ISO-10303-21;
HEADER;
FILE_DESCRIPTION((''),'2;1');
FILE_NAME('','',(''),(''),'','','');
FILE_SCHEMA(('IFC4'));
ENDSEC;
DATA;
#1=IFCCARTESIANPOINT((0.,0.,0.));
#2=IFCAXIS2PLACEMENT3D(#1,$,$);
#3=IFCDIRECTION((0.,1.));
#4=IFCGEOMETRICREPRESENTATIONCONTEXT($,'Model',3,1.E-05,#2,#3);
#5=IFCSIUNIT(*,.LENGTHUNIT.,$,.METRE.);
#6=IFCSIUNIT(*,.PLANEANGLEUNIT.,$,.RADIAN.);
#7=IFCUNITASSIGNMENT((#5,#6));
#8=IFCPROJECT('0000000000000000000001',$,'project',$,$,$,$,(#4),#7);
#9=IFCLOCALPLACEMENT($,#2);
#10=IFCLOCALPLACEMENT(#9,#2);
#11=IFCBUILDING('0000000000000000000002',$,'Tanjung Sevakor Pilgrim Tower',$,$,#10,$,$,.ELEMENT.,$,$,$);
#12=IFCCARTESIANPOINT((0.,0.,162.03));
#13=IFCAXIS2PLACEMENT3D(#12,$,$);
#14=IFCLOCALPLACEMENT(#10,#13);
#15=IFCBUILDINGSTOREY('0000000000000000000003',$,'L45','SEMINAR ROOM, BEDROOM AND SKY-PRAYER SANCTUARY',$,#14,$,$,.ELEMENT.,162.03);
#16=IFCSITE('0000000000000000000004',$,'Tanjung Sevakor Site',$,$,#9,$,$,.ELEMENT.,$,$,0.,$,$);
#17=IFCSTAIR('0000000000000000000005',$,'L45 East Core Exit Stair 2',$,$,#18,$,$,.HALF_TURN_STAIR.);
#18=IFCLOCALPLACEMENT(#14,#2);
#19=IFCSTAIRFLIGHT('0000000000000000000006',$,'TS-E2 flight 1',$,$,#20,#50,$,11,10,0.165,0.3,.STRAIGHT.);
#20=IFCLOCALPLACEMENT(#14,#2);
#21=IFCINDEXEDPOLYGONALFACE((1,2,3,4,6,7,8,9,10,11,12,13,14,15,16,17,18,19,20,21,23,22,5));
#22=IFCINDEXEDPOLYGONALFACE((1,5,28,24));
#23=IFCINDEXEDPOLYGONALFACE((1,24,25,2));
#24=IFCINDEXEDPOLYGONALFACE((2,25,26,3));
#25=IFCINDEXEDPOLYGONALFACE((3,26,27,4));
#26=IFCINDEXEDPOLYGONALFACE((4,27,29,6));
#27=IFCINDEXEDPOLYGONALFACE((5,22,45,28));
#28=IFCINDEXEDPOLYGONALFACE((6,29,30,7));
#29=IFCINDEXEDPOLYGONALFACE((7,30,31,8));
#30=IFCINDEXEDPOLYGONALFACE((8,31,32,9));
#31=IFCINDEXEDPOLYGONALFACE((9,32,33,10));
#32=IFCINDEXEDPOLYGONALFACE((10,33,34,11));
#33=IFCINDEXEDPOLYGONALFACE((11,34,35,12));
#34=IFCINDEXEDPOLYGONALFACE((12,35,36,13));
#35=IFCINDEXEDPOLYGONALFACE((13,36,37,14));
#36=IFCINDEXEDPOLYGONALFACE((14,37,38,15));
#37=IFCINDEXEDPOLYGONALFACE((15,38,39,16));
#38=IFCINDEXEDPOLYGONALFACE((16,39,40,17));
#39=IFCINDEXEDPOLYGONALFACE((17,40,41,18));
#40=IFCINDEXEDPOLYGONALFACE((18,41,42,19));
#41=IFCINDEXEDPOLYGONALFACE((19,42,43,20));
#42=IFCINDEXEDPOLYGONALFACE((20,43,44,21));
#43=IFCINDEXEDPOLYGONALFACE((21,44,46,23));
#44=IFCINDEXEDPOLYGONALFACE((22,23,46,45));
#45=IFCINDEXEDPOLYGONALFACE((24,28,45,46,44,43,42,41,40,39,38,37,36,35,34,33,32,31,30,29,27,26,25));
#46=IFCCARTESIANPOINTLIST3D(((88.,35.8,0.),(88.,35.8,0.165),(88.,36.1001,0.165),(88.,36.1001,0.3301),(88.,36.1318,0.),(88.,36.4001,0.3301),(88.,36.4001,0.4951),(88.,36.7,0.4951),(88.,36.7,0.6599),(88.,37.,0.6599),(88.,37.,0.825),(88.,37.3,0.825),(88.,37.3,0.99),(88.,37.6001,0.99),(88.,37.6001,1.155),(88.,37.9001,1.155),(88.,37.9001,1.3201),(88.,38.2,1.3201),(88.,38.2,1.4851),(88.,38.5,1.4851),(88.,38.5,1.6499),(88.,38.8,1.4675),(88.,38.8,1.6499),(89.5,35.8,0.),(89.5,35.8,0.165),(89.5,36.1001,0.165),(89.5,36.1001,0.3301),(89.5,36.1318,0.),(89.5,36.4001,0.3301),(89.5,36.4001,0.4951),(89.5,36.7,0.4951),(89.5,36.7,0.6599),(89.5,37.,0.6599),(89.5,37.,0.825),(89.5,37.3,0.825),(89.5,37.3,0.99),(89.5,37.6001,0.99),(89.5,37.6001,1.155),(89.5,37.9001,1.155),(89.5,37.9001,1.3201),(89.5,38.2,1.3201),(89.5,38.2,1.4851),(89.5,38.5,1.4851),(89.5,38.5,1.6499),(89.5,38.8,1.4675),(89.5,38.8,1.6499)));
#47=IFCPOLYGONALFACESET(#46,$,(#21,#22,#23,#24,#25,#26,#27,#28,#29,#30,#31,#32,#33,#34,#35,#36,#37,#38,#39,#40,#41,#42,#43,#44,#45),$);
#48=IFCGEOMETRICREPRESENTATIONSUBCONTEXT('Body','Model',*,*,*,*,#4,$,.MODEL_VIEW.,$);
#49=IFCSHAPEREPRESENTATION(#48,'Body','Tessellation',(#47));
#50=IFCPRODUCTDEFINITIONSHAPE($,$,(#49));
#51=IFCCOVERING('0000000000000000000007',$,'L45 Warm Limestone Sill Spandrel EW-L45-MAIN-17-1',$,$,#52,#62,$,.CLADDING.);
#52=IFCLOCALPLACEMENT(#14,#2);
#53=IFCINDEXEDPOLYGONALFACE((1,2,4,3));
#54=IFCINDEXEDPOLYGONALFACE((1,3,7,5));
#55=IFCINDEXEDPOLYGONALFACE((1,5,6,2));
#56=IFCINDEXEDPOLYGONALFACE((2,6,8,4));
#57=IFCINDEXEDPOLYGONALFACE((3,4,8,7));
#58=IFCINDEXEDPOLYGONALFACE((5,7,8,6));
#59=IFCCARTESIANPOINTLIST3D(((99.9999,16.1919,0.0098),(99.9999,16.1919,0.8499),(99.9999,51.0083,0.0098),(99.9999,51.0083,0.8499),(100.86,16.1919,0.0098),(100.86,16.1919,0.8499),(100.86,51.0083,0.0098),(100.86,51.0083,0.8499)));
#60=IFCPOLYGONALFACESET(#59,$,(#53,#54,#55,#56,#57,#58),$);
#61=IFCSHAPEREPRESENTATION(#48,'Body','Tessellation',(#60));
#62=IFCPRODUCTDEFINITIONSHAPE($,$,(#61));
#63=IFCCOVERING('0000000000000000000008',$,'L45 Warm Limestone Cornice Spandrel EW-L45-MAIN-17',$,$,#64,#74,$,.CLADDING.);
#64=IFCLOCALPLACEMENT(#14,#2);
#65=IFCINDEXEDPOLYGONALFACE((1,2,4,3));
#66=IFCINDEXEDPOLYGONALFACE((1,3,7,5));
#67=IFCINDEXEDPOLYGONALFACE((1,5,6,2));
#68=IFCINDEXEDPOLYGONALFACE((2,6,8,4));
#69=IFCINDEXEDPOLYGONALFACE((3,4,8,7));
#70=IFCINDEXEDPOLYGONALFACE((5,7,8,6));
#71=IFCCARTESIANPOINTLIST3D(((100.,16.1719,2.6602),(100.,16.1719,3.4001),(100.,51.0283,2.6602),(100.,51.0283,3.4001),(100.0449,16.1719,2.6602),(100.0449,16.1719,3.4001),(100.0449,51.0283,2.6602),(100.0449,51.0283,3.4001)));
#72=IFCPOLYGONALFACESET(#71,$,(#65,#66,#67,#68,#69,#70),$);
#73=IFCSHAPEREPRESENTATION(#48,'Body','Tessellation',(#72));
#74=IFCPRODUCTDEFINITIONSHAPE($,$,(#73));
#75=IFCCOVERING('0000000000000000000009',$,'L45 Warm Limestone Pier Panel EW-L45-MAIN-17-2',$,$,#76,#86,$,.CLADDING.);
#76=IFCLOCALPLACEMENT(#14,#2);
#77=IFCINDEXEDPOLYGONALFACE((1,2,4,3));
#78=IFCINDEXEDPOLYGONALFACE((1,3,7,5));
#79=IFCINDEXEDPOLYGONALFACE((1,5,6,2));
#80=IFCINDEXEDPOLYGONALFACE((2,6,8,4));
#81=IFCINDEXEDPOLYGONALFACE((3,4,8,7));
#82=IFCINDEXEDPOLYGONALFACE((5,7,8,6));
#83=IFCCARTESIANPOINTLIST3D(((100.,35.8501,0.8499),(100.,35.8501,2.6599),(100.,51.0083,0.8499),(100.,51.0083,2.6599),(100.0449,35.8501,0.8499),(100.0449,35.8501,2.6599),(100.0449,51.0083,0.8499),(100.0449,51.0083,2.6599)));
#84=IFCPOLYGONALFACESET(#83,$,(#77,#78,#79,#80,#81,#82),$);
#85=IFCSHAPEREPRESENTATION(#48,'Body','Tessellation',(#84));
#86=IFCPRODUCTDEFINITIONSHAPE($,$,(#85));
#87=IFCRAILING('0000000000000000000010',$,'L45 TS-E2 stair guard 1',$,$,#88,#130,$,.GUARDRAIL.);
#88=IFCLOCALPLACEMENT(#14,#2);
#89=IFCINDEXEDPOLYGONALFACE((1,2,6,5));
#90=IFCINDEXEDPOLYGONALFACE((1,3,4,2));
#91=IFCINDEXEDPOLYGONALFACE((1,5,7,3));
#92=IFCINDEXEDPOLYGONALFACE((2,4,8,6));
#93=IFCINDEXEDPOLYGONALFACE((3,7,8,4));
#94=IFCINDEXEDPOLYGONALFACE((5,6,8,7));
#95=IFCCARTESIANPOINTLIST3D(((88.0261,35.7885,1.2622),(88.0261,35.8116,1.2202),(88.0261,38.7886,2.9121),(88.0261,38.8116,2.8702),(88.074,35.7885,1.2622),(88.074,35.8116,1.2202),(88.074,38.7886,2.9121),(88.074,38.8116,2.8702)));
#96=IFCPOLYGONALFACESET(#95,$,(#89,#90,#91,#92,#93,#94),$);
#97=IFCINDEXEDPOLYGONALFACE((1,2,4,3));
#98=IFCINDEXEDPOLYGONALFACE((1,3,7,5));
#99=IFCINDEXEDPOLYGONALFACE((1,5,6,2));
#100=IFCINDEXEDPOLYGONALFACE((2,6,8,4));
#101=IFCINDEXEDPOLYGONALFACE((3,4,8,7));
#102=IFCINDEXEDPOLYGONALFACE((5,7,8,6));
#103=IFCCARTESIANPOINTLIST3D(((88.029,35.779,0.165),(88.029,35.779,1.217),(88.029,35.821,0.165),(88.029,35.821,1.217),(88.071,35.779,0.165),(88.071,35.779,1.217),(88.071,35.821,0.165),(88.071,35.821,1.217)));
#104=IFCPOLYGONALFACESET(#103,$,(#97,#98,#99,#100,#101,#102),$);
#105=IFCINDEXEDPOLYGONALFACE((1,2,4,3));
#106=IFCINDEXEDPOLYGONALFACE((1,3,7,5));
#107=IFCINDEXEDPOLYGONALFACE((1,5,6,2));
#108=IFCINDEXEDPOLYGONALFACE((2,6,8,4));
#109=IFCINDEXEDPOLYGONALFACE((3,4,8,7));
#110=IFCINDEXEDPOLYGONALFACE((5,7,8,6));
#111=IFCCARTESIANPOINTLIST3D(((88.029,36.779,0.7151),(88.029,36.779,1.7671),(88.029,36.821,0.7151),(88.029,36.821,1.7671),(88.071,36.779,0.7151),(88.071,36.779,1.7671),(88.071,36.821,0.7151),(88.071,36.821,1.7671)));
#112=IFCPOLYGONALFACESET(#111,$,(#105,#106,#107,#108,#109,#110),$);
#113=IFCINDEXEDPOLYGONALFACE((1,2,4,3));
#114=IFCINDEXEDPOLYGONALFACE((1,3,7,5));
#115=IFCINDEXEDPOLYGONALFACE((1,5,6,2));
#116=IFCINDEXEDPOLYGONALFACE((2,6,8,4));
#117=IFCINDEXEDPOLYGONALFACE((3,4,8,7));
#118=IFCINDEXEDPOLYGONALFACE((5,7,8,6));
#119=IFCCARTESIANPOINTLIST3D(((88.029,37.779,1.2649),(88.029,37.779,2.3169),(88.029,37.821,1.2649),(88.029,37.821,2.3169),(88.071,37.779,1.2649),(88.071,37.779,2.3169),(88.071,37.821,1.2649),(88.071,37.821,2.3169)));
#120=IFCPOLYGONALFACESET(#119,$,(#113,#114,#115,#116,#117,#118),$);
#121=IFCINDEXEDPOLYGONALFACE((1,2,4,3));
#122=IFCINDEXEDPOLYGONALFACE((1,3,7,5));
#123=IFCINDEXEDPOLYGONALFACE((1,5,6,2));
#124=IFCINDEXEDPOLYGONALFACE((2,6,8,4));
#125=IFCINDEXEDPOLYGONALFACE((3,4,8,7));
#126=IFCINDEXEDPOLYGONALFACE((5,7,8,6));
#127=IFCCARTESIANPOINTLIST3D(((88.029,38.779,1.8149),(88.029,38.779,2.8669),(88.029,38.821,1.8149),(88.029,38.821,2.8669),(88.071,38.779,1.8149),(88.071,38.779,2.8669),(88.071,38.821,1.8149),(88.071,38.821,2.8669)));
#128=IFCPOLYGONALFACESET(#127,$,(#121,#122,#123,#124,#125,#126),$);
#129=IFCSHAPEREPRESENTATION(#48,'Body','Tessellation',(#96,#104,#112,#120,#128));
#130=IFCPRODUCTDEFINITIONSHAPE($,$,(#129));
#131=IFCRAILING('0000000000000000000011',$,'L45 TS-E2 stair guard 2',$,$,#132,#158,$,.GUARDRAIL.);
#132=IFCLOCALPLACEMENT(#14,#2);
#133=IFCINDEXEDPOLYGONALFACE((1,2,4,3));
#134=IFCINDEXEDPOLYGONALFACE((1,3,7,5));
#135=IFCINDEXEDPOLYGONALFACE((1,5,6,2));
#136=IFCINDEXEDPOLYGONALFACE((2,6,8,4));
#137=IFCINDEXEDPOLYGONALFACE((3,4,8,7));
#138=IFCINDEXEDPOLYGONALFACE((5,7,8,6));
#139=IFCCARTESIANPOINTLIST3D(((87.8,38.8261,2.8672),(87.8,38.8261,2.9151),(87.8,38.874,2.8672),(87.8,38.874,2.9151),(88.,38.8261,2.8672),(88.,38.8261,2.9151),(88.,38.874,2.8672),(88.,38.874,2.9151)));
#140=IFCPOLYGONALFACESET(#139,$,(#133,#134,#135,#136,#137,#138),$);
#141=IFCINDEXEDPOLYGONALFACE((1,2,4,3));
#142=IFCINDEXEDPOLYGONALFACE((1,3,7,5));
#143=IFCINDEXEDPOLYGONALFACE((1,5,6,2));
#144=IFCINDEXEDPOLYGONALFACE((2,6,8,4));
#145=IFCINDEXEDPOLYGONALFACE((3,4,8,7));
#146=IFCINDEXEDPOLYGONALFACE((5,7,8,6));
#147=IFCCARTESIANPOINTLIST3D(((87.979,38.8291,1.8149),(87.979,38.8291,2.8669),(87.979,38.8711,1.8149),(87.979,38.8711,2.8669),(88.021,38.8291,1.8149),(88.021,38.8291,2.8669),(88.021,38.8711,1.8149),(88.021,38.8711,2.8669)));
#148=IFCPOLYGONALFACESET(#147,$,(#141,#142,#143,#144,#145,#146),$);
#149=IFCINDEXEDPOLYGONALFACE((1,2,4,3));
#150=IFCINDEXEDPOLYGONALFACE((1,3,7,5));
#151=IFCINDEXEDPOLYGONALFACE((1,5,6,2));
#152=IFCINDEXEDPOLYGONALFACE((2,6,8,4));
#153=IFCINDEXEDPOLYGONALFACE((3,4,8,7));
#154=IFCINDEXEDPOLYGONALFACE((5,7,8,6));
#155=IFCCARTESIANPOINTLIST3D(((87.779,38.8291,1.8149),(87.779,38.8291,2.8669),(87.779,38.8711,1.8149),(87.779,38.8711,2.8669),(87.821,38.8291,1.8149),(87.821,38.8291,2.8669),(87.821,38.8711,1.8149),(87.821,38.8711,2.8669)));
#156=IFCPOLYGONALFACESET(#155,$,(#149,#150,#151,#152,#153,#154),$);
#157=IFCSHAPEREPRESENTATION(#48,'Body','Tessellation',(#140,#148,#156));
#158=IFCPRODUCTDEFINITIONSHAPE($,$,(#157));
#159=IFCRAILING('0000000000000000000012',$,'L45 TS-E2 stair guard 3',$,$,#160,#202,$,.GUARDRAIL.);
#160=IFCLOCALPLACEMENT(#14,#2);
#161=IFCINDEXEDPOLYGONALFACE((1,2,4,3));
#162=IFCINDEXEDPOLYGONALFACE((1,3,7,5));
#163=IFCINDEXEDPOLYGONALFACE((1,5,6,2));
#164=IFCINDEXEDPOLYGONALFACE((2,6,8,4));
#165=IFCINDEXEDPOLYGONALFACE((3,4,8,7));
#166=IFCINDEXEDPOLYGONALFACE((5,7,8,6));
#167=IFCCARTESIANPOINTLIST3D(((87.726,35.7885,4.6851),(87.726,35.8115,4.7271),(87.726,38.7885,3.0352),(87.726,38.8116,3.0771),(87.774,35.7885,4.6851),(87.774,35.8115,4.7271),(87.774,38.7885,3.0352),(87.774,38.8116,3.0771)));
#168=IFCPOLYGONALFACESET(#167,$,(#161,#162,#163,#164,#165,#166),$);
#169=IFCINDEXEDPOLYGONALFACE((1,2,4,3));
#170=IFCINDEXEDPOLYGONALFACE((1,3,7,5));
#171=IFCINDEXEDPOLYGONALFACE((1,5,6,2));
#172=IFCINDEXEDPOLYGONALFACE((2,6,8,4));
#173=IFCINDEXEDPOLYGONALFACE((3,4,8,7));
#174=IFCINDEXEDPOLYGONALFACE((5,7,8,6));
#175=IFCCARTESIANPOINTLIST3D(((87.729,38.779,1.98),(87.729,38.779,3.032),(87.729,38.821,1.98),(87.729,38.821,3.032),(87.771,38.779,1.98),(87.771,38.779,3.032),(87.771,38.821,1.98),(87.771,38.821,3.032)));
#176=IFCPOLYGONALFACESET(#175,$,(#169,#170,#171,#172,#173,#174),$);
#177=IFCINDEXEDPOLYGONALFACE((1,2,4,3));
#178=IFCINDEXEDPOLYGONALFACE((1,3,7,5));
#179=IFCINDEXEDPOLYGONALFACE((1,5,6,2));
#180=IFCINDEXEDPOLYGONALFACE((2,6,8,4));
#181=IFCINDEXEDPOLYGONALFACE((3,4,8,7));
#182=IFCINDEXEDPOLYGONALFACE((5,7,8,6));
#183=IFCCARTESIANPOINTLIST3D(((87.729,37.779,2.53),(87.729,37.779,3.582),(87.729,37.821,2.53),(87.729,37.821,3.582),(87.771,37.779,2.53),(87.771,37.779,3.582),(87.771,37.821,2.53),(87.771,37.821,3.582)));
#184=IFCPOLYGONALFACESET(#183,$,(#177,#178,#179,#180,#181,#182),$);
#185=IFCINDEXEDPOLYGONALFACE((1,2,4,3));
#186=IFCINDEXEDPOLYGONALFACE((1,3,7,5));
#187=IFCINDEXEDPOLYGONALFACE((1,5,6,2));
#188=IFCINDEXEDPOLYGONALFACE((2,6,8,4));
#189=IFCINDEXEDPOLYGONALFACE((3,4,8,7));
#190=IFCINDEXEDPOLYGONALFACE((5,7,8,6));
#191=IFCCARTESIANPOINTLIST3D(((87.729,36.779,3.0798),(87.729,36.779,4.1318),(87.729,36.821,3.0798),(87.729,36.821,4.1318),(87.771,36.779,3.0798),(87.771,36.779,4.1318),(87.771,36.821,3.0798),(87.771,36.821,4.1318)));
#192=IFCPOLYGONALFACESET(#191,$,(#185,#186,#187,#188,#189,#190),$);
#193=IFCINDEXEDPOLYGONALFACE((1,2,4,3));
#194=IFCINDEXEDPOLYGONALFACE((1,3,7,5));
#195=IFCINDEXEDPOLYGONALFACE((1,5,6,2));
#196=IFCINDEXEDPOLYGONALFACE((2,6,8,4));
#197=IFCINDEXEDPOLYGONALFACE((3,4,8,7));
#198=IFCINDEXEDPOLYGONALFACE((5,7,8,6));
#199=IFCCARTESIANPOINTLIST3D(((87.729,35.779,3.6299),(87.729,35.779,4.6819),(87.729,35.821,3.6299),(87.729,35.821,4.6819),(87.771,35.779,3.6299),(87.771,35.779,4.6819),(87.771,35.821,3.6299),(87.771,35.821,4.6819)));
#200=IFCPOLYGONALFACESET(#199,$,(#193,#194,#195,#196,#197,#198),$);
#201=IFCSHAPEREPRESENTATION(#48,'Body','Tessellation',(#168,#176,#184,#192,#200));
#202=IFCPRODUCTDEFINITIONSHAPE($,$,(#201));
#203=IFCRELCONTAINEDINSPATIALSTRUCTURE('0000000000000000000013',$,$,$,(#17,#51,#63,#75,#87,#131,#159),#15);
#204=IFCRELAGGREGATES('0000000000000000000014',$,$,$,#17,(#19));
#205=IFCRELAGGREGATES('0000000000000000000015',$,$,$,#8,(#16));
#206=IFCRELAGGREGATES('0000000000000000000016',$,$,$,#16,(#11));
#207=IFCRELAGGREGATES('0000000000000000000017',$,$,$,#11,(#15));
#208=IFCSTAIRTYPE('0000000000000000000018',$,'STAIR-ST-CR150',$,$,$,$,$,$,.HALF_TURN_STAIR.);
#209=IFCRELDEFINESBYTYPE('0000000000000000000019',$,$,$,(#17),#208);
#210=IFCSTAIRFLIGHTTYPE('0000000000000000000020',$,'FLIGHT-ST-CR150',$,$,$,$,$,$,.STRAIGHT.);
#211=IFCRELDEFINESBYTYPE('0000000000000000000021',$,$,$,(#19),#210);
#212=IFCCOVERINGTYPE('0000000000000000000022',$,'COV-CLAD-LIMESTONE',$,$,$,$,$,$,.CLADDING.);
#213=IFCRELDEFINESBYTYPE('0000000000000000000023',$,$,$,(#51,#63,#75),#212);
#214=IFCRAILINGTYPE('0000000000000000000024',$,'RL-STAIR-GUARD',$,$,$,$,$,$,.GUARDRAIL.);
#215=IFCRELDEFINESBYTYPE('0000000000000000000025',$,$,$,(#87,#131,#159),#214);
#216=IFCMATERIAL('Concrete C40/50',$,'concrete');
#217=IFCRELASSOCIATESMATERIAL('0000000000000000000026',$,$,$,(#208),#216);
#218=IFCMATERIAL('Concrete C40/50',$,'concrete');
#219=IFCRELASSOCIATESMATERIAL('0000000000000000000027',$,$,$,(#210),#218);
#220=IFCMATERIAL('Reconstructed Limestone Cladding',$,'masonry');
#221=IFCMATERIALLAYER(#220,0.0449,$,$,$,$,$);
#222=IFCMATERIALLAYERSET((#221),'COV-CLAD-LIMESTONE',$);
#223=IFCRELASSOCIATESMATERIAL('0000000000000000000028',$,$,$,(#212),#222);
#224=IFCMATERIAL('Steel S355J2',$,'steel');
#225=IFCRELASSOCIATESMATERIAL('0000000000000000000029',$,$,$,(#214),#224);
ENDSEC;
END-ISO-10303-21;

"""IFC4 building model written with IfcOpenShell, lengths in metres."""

from ifc_helpers import new_model, si_unit, direction, frame, origin, origin_2d, place, context, subcontext, project, spatial, polyline, rectangle, outline, extrude, material, layer, layer_set, type_object, element, aggregate, save


model = new_model("IFC4")

# Units and contexts
model_context = context("Model", 3, precision=1e-05, world=origin(), true_north=direction((0.0, 1.0)))
body_context = subcontext(model_context, "Body", "Model", "MODEL_VIEW")
ifc_project = project(units=[si_unit("LENGTHUNIT", "METRE"), si_unit("PLANEANGLEUNIT", "RADIAN")], contexts=[model_context])

# Site, building, storey
site_placement = place(None, origin())
site = spatial("IfcSite", under=ifc_project, at=site_placement, Name="Tanjung Sevakor Site", CompositionType="ELEMENT", RefElevation=0.0)
building_placement = place(site_placement, origin())
building = spatial("IfcBuilding", under=site, at=building_placement, Name="Tanjung Sevakor Pilgrim Tower", CompositionType="ELEMENT")
storey_placement = place(building_placement, frame((0.0, 0.0, 162.03)))
storey = spatial("IfcBuildingStorey", under=building, at=storey_placement, Name="L45", Description="SEMINAR ROOM, BEDROOM AND SKY-PRAYER SANCTUARY", CompositionType="ELEMENT", Elevation=162.03)

# Stair, stair flight
ifc_material_1 = material(Name="Concrete C40/50", Category="concrete")
stair_type = type_object("IfcStairType", Name="STAIR-ST-CR150", PredefinedType="HALF_TURN_STAIR", material=ifc_material_1)
stair_placement = place(storey_placement, origin())
stair = element("IfcStair", 1, at=stair_placement, inside=storey, type_object=stair_type, Name="L45 East Core Exit Stair 2", PredefinedType="HALF_TURN_STAIR")
ifc_material_2 = material(Name="Concrete C40/50", Category="concrete")
stair_flight_type = type_object("IfcStairFlightType", Name="FLIGHT-ST-CR150", PredefinedType="STRAIGHT", material=ifc_material_2)
stair_flight_placement = place(storey_placement, frame((88.75, 35.8, 0.0), z_axis=(0.0, 0.0, 1.0), x_axis=(0.0, 1.0, 0.0)))
stair_flight = element("IfcStairFlight", 2, at=stair_flight_placement, type_object=stair_flight_type, Name="TS-E2 flight 1", NumberOfRisers=11, NumberOfTreads=10, PredefinedType="STRAIGHT", RiserHeight=0.165, TreadLength=0.3, context=body_context, shape_type="SweptSolid", body=[
    extrude(outline(polyline([(0.0, 0.0), (0.0, 0.165), (0.3, 0.165), (0.3, 0.3301), (0.6001, 0.3301), (0.6001, 0.4951), (0.8999, 0.4951), (0.8999, 0.6599), (1.2, 0.6599), (1.2, 0.825), (1.5, 0.825), (1.5, 0.99), (1.8, 0.99), (1.8, 1.155), (2.1001, 1.155), (2.1001, 1.3201), (2.3999, 1.3201), (2.3999, 1.4851), (2.7, 1.4851), (2.7, 1.6499), (3.0, 1.6499), (3.0, 1.8149), (3.0, 1.4675), (0.3318, 0.0), (0.0, 0.0)])), frame((0.0, 0.75, 0.0), z_axis=(0.0, -1.0, 0.0), x_axis=(1.0, 0.0, 0.0)), (0.0, 0.0, 1.0), 1.5),
])
aggregate(stair, [stair_flight])

# Coverings
ifc_material_3 = material(Name="Reconstructed Limestone Cladding", Category="masonry")
ifc_layer_1 = layer(ifc_material_3, 0.0449)
ifc_layer_set_1 = layer_set([ifc_layer_1], Name="COV-CLAD-LIMESTONE")
covering_type = type_object("IfcCoveringType", Name="COV-CLAD-LIMESTONE", PredefinedType="CLADDING", material=ifc_layer_set_1)
covering_1_placement = place(storey_placement, frame((100.4299, 33.6001, 0.0098), z_axis=(0.0, 0.0, 1.0), x_axis=(0.0, 1.0, 0.0)))
element("IfcCovering", 3, at=covering_1_placement, inside=storey, type_object=covering_type, Name="L45 Warm Limestone Sill Spandrel EW-L45-MAIN-17-1", PredefinedType="CLADDING", context=body_context, shape_type="SweptSolid", body=[
    extrude(rectangle(XDim=34.8164, YDim=0.8601, at=origin_2d()), origin(), (0.0, 0.0, 1.0), 0.8401),
])
covering_2_placement = place(storey_placement, frame((100.0225, 33.6001, 2.6602), z_axis=(0.0, 0.0, 1.0), x_axis=(0.0, 1.0, 0.0)))
element("IfcCovering", 4, at=covering_2_placement, inside=storey, type_object=covering_type, Name="L45 Warm Limestone Cornice Spandrel EW-L45-MAIN-17", PredefinedType="CLADDING", context=body_context, shape_type="SweptSolid", body=[
    extrude(rectangle(XDim=34.8564, YDim=0.0449, at=origin_2d()), origin(), (0.0, 0.0, 1.0), 0.74),
])
covering_3_placement = place(storey_placement, frame((100.0225, 43.4292, 0.8499), z_axis=(0.0, 0.0, 1.0), x_axis=(0.0, 1.0, 0.0)))
element("IfcCovering", 5, at=covering_3_placement, inside=storey, type_object=covering_type, Name="L45 Warm Limestone Pier Panel EW-L45-MAIN-17-2", PredefinedType="CLADDING", context=body_context, shape_type="SweptSolid", body=[
    extrude(rectangle(XDim=15.1582, YDim=0.0449, at=origin_2d()), origin(), (0.0, 0.0, 1.0), 1.8101),
])

# Railings
ifc_material_4 = material(Name="Steel S355J2", Category="steel")
railing_type_1 = type_object("IfcRailingType", Name="RL-STAIR-GUARD", PredefinedType="GUARDRAIL", material=ifc_material_4)
railing_1_placement = place(storey_placement, frame((88.05, 35.8, 0.165)))
element("IfcRailing", 6, at=railing_1_placement, inside=storey, type_object=railing_type_1, Name="L45 TS-E2 stair guard 1", PredefinedType="GUARDRAIL", context=body_context, shape_type="SweptSolid", body=[
    extrude(rectangle(XDim=0.0479, YDim=0.0479), frame((0.0, 0.0, 1.0762), z_axis=(0.0, 0.876228, 0.481897), x_axis=(-1.0, 0.0, 0.0)), (0.0, 0.0, 1.0), 3.4238),
    extrude(rectangle(XDim=0.042, YDim=0.042), origin(), (0.0, 0.0, 1.0), 1.052),
    extrude(rectangle(XDim=0.042, YDim=0.042), frame((0.0, 1.0, 0.55)), (0.0, 0.0, 1.0), 1.052),
    extrude(rectangle(XDim=0.042, YDim=0.042), frame((0.0, 2.0, 1.0999)), (0.0, 0.0, 1.0), 1.052),
    extrude(rectangle(XDim=0.042, YDim=0.042), frame((0.0, 3.0, 1.6499)), (0.0, 0.0, 1.0), 1.052),
])
railing_2_placement = place(storey_placement, frame((88.0, 38.8501, 1.8149)))
element("IfcRailing", 7, at=railing_2_placement, inside=storey, type_object=railing_type_1, Name="L45 TS-E2 stair guard 2", PredefinedType="GUARDRAIL", context=body_context, shape_type="SweptSolid", body=[
    extrude(rectangle(XDim=0.0479, YDim=0.0479), frame((0.0, 0.0, 1.0762), z_axis=(-1.0, 0.0, 0.0), x_axis=(0.0, -1.0, 0.0)), (0.0, 0.0, 1.0), 0.2),
    extrude(rectangle(XDim=0.042, YDim=0.042), origin(), (0.0, 0.0, 1.0), 1.052),
    extrude(rectangle(XDim=0.042, YDim=0.042), frame((-0.2, 0.0, 0.0)), (0.0, 0.0, 1.0), 1.052),
])
railing_3_placement = place(storey_placement, frame((87.75, 38.8, 1.98)))
element("IfcRailing", 8, at=railing_3_placement, inside=storey, type_object=railing_type_1, Name="L45 TS-E2 stair guard 3", PredefinedType="GUARDRAIL", context=body_context, shape_type="SweptSolid", body=[
    extrude(rectangle(XDim=0.0479, YDim=0.0479), frame((0.0, 0.0, 1.0762), z_axis=(0.0, -0.876228, 0.481897), x_axis=(1.0, 0.0, 0.0)), (0.0, 0.0, 1.0), 3.4238),
    extrude(rectangle(XDim=0.042, YDim=0.042), origin(), (0.0, 0.0, 1.0), 1.052),
    extrude(rectangle(XDim=0.042, YDim=0.042), frame((0.0, -1.0, 0.55)), (0.0, 0.0, 1.0), 1.052),
    extrude(rectangle(XDim=0.042, YDim=0.042), frame((0.0, -2.0, 1.0999)), (0.0, 0.0, 1.0), 1.052),
    extrude(rectangle(XDim=0.042, YDim=0.042), frame((0.0, -3.0, 1.6499)), (0.0, 0.0, 1.0), 1.052),
])

save(model, "model.ifc")
